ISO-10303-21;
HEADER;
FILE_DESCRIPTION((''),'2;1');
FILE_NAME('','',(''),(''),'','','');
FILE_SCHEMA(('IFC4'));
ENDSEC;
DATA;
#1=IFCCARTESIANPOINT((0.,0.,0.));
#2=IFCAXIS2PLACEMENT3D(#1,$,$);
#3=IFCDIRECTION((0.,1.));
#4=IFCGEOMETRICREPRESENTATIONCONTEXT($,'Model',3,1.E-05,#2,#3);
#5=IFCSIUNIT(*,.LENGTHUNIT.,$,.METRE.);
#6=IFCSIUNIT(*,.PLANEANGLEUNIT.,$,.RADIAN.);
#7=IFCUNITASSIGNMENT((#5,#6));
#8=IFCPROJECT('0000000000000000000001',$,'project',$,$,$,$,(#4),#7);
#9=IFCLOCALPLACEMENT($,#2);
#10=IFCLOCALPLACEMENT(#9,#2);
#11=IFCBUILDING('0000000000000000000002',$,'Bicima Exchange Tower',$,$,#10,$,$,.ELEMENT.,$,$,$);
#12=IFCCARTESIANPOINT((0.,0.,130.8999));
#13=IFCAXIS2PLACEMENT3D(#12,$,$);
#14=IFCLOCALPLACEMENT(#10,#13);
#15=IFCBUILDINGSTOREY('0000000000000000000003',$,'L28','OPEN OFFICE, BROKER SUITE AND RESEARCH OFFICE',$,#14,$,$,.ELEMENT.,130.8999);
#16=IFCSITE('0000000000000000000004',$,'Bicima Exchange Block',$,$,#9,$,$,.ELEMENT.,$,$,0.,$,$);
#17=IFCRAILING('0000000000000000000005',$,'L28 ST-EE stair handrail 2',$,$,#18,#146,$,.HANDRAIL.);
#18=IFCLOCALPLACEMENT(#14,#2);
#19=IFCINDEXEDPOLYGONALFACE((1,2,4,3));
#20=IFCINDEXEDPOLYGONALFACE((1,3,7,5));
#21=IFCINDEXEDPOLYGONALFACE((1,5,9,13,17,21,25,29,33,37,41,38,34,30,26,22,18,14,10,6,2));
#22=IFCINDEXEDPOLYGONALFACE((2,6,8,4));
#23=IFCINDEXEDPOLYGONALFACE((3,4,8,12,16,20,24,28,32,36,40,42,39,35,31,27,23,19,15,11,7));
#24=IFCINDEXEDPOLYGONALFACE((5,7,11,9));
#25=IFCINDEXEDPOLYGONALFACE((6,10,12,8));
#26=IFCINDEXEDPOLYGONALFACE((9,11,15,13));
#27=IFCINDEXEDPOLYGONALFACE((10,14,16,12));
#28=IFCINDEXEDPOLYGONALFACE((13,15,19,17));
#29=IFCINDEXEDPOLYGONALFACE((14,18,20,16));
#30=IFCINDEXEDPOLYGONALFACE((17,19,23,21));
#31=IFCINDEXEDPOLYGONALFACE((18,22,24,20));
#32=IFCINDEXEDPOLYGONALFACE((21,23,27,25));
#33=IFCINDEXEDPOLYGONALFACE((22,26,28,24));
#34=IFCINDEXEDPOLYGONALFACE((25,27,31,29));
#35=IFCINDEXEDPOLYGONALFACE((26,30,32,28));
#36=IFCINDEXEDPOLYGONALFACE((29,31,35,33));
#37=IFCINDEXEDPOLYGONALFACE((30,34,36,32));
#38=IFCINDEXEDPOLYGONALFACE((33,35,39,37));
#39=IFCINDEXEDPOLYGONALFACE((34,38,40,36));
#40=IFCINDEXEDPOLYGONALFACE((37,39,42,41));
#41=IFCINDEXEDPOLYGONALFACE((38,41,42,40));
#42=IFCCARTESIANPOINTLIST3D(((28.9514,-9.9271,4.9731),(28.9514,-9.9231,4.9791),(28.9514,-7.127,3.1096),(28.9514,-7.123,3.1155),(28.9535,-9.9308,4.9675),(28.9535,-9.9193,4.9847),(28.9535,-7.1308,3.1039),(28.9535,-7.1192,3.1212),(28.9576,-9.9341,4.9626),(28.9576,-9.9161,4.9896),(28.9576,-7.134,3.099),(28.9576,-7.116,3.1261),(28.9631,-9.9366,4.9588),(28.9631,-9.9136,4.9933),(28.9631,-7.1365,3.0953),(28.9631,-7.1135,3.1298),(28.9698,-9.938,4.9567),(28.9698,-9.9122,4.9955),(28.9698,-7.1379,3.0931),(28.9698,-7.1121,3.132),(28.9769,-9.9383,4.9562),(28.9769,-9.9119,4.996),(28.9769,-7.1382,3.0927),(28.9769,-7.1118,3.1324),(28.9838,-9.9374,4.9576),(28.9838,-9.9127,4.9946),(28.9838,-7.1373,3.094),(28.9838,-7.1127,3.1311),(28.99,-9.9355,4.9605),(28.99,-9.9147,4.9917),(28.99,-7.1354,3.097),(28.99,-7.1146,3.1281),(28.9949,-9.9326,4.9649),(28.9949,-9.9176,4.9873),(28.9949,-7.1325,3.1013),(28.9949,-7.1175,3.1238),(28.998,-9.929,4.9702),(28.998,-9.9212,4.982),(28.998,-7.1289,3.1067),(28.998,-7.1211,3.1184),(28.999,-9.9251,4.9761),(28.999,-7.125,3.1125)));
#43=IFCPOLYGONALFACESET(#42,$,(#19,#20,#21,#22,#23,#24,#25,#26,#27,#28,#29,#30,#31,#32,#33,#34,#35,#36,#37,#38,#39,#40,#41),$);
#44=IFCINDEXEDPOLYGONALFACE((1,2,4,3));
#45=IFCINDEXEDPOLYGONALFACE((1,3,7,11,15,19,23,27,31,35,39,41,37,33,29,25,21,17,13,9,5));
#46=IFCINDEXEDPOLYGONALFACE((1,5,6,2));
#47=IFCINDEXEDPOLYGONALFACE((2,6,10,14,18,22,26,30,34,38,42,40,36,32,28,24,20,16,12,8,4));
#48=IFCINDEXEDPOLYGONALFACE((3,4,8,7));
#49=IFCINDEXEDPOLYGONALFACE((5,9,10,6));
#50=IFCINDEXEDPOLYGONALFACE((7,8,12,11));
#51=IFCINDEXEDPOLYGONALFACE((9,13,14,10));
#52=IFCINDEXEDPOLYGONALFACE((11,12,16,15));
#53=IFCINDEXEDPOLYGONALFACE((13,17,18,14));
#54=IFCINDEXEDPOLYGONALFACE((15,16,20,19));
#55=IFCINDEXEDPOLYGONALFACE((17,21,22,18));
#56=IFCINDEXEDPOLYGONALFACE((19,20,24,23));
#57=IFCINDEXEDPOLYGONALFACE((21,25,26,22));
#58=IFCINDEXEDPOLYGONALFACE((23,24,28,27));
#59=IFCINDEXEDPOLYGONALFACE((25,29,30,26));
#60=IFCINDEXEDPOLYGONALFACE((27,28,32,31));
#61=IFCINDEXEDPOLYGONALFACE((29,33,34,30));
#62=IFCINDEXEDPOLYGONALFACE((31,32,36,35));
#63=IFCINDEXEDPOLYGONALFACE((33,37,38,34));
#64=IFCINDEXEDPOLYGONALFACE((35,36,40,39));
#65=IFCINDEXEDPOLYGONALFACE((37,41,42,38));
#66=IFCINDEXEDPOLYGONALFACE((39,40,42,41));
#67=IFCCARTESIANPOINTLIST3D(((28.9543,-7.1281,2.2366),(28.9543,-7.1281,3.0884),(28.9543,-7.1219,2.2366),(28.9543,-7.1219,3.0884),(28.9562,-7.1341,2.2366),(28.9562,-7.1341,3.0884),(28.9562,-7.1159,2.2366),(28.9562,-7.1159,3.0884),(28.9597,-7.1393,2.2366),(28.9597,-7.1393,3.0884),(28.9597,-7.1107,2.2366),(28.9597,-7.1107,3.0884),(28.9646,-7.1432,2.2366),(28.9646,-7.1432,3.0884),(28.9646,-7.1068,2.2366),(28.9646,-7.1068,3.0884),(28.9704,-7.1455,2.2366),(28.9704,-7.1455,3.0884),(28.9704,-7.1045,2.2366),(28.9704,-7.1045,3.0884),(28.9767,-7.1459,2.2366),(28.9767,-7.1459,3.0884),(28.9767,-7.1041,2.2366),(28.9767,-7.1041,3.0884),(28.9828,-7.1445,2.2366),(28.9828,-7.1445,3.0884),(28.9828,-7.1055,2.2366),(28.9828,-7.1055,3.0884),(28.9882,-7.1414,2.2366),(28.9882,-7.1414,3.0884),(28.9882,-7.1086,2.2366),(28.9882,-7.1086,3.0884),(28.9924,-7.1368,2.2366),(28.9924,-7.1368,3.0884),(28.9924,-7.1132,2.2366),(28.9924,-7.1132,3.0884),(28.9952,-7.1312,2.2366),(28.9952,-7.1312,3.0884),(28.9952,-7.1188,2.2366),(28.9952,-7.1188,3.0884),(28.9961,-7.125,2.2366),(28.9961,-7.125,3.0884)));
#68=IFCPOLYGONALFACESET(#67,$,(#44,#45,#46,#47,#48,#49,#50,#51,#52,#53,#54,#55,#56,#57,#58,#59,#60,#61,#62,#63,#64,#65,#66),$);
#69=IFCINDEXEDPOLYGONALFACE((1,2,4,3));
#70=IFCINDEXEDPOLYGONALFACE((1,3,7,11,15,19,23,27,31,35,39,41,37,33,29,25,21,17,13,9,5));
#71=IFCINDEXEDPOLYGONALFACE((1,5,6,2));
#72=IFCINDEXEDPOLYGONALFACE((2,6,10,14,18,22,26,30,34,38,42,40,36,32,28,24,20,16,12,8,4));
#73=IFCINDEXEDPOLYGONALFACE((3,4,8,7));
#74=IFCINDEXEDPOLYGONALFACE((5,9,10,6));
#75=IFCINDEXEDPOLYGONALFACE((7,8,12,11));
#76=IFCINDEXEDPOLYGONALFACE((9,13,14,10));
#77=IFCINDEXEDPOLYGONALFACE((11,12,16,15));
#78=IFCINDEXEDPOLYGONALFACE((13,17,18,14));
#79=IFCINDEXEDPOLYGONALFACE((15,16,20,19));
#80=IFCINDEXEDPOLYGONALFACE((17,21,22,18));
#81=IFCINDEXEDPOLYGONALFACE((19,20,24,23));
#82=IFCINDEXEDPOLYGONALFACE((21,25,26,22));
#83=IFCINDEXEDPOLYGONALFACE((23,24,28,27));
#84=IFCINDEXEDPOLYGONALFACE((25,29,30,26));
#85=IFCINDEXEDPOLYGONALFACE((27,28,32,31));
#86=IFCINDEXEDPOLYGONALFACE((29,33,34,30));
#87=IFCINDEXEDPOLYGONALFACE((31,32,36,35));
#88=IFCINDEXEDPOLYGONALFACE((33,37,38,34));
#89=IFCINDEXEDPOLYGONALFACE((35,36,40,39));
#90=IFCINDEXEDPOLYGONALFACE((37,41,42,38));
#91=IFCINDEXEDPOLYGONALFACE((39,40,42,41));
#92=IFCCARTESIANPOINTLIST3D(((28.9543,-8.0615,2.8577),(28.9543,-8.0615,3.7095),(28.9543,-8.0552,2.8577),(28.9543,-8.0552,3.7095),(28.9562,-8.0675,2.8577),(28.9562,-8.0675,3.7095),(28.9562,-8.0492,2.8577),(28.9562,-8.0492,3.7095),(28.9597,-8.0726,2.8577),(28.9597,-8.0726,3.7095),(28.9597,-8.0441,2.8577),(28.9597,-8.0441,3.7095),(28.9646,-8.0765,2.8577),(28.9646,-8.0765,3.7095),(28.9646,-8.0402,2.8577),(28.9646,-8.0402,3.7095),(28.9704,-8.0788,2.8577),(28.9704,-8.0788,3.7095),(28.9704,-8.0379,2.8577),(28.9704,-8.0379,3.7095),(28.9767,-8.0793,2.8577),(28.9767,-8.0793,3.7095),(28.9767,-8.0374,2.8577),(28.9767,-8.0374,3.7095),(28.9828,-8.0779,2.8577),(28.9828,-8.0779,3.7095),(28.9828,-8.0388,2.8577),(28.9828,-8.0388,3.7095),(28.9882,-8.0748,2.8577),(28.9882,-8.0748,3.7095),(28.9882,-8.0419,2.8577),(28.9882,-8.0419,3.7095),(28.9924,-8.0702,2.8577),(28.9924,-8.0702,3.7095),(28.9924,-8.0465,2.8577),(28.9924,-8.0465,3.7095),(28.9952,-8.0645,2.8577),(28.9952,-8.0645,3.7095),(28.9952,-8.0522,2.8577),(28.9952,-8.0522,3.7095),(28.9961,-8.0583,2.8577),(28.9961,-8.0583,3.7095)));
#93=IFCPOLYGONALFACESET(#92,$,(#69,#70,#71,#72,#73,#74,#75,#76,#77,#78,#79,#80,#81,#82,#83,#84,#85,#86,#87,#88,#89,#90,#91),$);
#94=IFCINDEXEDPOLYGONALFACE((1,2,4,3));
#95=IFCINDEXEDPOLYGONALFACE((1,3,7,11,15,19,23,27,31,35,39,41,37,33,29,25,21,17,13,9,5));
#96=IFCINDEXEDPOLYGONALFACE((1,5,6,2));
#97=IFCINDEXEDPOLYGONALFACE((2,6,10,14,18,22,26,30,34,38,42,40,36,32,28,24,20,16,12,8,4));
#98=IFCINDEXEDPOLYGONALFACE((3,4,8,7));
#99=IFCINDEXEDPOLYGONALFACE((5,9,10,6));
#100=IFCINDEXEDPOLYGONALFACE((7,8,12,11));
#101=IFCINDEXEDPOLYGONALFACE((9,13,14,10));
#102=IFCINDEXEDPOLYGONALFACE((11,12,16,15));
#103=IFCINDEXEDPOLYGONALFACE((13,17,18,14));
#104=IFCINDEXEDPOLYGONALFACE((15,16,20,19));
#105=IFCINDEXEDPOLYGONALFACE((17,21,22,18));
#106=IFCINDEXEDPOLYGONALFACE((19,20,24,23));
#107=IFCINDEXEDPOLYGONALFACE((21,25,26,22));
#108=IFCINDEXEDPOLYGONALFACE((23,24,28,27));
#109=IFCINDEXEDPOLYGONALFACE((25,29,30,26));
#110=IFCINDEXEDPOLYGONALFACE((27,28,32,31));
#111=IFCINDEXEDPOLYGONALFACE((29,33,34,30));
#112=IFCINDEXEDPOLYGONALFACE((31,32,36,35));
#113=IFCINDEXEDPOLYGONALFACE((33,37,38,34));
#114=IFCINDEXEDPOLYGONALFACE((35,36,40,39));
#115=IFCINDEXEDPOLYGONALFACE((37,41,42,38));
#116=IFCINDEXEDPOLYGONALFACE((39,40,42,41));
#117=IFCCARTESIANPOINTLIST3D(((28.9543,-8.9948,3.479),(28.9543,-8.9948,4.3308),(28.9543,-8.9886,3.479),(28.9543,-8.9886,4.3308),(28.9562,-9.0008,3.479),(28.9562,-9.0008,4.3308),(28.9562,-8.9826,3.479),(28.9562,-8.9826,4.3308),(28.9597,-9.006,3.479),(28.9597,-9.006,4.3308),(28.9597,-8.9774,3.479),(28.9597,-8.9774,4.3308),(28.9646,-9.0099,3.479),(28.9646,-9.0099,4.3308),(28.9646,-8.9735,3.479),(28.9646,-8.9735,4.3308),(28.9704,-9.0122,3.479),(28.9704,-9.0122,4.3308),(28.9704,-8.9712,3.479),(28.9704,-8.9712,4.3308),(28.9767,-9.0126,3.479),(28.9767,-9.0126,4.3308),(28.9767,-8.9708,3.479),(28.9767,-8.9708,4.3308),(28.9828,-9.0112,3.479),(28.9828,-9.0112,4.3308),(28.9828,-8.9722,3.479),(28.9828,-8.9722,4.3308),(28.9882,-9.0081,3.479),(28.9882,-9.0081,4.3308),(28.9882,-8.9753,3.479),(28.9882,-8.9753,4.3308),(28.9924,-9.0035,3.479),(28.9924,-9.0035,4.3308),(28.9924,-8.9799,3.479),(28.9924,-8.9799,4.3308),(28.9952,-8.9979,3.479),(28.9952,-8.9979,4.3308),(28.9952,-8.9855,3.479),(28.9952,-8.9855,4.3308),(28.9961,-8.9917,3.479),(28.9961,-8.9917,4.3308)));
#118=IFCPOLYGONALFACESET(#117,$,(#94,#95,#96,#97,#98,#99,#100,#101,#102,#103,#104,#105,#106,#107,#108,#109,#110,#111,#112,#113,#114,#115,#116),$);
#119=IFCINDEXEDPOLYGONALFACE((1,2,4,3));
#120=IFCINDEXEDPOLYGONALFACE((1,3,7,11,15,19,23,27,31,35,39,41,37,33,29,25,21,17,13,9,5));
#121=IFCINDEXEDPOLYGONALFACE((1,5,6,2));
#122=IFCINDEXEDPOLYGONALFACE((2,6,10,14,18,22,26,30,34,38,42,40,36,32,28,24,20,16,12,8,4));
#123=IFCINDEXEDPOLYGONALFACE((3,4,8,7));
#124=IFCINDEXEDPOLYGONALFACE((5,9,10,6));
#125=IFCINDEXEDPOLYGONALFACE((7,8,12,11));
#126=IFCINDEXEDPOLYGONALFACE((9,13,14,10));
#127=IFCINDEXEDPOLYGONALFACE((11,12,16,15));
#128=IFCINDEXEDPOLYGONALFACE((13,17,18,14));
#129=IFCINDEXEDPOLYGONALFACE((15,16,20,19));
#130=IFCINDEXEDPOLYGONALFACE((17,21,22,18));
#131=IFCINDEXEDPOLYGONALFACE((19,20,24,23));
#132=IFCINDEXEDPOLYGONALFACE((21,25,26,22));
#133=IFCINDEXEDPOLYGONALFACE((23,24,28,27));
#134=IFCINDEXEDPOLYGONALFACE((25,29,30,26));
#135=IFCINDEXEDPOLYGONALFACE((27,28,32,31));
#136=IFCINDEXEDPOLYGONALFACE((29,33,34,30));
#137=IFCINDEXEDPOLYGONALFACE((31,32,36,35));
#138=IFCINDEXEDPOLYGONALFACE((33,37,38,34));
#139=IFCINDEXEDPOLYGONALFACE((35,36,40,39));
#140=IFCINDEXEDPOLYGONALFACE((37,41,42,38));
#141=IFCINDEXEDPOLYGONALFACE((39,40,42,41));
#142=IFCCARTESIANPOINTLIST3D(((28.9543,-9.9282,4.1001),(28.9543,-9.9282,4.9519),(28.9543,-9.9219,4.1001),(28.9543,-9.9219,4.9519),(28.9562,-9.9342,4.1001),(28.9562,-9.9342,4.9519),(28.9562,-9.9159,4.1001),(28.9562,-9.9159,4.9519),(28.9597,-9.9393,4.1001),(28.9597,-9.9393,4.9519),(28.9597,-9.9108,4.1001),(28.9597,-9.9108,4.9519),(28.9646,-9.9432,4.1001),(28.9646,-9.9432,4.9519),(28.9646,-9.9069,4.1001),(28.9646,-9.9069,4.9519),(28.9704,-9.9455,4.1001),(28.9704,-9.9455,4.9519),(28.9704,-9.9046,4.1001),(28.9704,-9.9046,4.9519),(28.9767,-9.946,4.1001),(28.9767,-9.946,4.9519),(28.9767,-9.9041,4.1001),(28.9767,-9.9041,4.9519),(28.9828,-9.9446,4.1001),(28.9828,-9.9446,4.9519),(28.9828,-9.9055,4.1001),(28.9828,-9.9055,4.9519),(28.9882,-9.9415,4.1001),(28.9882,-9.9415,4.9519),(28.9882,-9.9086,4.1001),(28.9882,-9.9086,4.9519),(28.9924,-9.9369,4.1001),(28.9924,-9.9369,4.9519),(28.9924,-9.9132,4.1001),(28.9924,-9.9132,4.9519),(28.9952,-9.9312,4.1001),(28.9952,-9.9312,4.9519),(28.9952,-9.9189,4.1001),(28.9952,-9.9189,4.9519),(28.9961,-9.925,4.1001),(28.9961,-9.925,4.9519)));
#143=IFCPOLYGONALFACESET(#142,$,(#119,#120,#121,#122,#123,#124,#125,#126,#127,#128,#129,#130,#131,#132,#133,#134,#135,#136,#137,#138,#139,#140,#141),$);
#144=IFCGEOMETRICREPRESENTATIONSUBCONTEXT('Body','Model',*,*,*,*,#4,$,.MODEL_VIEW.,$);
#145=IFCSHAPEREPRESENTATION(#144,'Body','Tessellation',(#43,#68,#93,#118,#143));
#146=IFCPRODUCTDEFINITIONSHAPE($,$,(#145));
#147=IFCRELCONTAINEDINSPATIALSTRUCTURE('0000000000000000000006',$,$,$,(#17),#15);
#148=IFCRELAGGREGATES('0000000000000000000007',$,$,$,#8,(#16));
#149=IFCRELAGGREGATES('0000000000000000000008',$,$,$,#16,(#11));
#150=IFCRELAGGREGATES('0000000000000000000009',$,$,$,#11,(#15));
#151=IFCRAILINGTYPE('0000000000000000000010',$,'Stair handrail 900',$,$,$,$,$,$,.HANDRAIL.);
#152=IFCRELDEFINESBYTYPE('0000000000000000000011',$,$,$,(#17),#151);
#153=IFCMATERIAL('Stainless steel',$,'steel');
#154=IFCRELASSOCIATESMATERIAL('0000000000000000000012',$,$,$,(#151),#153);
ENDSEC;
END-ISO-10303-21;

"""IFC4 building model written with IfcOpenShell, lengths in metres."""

from ifc_helpers import new_model, si_unit, direction, frame, origin, origin_2d, place, context, subcontext, project, spatial, circle, extrude, material, type_object, element, save


model = new_model("IFC4")

# Units and contexts
model_context = context("Model", 3, precision=1e-05, world=origin(), true_north=direction((0.0, 1.0)))
body_context = subcontext(model_context, "Body", "Model", "MODEL_VIEW")
ifc_project = project(units=[si_unit("LENGTHUNIT", "METRE"), si_unit("PLANEANGLEUNIT", "RADIAN")], contexts=[model_context])

# Site, building, storey
site_placement = place(None, origin())
site = spatial("IfcSite", under=ifc_project, at=site_placement, Name="Bicima Exchange Block", CompositionType="ELEMENT", RefElevation=0.0)
building_placement = place(site_placement, origin())
building = spatial("IfcBuilding", under=site, at=building_placement, Name="Bicima Exchange Tower", CompositionType="ELEMENT")
storey_placement = place(building_placement, frame((0.0, 0.0, 130.8999)))
storey = spatial("IfcBuildingStorey", under=building, at=storey_placement, Name="L28", Description="OPEN OFFICE, BROKER SUITE AND RESEARCH OFFICE", CompositionType="ELEMENT", Elevation=130.8999)

# Railing
ifc_material_1 = material(Name="Stainless steel", Category="steel")
railing_type = type_object("IfcRailingType", Name="Stair handrail 900", PredefinedType="HANDRAIL", material=ifc_material_1)
railing_1_placement = place(storey_placement, frame((28.9751, -7.125, 2.2366)))
element("IfcRailing", 1, at=railing_1_placement, inside=storey, type_object=railing_type, Name="L28 ST-EE stair handrail 2", PredefinedType="HANDRAIL", context=body_context, shape_type="SweptSolid", body=[
    extrude(circle(Radius=0.0239, at=origin_2d()), frame((0.0, 0.0, 0.876), z_axis=(0.0, -0.832486, 0.554047), x_axis=(1.0, 0.0, 0.0)), (0.0, 0.0, 1.0), 3.3635),
    extrude(circle(Radius=0.021, at=origin_2d()), origin(), (0.0, 0.0, 1.0), 0.8518),
    extrude(circle(Radius=0.021, at=origin_2d()), frame((0.0, -0.9333, 0.6211)), (0.0, 0.0, 1.0), 0.8518),
    extrude(circle(Radius=0.021, at=origin_2d()), frame((0.0, -1.8667, 1.2424)), (0.0, 0.0, 1.0), 0.8518),
    extrude(circle(Radius=0.021, at=origin_2d()), frame((0.0, -2.8, 1.8635)), (0.0, 0.0, 1.0), 0.8518),
])

save(model, "model.ifc")
